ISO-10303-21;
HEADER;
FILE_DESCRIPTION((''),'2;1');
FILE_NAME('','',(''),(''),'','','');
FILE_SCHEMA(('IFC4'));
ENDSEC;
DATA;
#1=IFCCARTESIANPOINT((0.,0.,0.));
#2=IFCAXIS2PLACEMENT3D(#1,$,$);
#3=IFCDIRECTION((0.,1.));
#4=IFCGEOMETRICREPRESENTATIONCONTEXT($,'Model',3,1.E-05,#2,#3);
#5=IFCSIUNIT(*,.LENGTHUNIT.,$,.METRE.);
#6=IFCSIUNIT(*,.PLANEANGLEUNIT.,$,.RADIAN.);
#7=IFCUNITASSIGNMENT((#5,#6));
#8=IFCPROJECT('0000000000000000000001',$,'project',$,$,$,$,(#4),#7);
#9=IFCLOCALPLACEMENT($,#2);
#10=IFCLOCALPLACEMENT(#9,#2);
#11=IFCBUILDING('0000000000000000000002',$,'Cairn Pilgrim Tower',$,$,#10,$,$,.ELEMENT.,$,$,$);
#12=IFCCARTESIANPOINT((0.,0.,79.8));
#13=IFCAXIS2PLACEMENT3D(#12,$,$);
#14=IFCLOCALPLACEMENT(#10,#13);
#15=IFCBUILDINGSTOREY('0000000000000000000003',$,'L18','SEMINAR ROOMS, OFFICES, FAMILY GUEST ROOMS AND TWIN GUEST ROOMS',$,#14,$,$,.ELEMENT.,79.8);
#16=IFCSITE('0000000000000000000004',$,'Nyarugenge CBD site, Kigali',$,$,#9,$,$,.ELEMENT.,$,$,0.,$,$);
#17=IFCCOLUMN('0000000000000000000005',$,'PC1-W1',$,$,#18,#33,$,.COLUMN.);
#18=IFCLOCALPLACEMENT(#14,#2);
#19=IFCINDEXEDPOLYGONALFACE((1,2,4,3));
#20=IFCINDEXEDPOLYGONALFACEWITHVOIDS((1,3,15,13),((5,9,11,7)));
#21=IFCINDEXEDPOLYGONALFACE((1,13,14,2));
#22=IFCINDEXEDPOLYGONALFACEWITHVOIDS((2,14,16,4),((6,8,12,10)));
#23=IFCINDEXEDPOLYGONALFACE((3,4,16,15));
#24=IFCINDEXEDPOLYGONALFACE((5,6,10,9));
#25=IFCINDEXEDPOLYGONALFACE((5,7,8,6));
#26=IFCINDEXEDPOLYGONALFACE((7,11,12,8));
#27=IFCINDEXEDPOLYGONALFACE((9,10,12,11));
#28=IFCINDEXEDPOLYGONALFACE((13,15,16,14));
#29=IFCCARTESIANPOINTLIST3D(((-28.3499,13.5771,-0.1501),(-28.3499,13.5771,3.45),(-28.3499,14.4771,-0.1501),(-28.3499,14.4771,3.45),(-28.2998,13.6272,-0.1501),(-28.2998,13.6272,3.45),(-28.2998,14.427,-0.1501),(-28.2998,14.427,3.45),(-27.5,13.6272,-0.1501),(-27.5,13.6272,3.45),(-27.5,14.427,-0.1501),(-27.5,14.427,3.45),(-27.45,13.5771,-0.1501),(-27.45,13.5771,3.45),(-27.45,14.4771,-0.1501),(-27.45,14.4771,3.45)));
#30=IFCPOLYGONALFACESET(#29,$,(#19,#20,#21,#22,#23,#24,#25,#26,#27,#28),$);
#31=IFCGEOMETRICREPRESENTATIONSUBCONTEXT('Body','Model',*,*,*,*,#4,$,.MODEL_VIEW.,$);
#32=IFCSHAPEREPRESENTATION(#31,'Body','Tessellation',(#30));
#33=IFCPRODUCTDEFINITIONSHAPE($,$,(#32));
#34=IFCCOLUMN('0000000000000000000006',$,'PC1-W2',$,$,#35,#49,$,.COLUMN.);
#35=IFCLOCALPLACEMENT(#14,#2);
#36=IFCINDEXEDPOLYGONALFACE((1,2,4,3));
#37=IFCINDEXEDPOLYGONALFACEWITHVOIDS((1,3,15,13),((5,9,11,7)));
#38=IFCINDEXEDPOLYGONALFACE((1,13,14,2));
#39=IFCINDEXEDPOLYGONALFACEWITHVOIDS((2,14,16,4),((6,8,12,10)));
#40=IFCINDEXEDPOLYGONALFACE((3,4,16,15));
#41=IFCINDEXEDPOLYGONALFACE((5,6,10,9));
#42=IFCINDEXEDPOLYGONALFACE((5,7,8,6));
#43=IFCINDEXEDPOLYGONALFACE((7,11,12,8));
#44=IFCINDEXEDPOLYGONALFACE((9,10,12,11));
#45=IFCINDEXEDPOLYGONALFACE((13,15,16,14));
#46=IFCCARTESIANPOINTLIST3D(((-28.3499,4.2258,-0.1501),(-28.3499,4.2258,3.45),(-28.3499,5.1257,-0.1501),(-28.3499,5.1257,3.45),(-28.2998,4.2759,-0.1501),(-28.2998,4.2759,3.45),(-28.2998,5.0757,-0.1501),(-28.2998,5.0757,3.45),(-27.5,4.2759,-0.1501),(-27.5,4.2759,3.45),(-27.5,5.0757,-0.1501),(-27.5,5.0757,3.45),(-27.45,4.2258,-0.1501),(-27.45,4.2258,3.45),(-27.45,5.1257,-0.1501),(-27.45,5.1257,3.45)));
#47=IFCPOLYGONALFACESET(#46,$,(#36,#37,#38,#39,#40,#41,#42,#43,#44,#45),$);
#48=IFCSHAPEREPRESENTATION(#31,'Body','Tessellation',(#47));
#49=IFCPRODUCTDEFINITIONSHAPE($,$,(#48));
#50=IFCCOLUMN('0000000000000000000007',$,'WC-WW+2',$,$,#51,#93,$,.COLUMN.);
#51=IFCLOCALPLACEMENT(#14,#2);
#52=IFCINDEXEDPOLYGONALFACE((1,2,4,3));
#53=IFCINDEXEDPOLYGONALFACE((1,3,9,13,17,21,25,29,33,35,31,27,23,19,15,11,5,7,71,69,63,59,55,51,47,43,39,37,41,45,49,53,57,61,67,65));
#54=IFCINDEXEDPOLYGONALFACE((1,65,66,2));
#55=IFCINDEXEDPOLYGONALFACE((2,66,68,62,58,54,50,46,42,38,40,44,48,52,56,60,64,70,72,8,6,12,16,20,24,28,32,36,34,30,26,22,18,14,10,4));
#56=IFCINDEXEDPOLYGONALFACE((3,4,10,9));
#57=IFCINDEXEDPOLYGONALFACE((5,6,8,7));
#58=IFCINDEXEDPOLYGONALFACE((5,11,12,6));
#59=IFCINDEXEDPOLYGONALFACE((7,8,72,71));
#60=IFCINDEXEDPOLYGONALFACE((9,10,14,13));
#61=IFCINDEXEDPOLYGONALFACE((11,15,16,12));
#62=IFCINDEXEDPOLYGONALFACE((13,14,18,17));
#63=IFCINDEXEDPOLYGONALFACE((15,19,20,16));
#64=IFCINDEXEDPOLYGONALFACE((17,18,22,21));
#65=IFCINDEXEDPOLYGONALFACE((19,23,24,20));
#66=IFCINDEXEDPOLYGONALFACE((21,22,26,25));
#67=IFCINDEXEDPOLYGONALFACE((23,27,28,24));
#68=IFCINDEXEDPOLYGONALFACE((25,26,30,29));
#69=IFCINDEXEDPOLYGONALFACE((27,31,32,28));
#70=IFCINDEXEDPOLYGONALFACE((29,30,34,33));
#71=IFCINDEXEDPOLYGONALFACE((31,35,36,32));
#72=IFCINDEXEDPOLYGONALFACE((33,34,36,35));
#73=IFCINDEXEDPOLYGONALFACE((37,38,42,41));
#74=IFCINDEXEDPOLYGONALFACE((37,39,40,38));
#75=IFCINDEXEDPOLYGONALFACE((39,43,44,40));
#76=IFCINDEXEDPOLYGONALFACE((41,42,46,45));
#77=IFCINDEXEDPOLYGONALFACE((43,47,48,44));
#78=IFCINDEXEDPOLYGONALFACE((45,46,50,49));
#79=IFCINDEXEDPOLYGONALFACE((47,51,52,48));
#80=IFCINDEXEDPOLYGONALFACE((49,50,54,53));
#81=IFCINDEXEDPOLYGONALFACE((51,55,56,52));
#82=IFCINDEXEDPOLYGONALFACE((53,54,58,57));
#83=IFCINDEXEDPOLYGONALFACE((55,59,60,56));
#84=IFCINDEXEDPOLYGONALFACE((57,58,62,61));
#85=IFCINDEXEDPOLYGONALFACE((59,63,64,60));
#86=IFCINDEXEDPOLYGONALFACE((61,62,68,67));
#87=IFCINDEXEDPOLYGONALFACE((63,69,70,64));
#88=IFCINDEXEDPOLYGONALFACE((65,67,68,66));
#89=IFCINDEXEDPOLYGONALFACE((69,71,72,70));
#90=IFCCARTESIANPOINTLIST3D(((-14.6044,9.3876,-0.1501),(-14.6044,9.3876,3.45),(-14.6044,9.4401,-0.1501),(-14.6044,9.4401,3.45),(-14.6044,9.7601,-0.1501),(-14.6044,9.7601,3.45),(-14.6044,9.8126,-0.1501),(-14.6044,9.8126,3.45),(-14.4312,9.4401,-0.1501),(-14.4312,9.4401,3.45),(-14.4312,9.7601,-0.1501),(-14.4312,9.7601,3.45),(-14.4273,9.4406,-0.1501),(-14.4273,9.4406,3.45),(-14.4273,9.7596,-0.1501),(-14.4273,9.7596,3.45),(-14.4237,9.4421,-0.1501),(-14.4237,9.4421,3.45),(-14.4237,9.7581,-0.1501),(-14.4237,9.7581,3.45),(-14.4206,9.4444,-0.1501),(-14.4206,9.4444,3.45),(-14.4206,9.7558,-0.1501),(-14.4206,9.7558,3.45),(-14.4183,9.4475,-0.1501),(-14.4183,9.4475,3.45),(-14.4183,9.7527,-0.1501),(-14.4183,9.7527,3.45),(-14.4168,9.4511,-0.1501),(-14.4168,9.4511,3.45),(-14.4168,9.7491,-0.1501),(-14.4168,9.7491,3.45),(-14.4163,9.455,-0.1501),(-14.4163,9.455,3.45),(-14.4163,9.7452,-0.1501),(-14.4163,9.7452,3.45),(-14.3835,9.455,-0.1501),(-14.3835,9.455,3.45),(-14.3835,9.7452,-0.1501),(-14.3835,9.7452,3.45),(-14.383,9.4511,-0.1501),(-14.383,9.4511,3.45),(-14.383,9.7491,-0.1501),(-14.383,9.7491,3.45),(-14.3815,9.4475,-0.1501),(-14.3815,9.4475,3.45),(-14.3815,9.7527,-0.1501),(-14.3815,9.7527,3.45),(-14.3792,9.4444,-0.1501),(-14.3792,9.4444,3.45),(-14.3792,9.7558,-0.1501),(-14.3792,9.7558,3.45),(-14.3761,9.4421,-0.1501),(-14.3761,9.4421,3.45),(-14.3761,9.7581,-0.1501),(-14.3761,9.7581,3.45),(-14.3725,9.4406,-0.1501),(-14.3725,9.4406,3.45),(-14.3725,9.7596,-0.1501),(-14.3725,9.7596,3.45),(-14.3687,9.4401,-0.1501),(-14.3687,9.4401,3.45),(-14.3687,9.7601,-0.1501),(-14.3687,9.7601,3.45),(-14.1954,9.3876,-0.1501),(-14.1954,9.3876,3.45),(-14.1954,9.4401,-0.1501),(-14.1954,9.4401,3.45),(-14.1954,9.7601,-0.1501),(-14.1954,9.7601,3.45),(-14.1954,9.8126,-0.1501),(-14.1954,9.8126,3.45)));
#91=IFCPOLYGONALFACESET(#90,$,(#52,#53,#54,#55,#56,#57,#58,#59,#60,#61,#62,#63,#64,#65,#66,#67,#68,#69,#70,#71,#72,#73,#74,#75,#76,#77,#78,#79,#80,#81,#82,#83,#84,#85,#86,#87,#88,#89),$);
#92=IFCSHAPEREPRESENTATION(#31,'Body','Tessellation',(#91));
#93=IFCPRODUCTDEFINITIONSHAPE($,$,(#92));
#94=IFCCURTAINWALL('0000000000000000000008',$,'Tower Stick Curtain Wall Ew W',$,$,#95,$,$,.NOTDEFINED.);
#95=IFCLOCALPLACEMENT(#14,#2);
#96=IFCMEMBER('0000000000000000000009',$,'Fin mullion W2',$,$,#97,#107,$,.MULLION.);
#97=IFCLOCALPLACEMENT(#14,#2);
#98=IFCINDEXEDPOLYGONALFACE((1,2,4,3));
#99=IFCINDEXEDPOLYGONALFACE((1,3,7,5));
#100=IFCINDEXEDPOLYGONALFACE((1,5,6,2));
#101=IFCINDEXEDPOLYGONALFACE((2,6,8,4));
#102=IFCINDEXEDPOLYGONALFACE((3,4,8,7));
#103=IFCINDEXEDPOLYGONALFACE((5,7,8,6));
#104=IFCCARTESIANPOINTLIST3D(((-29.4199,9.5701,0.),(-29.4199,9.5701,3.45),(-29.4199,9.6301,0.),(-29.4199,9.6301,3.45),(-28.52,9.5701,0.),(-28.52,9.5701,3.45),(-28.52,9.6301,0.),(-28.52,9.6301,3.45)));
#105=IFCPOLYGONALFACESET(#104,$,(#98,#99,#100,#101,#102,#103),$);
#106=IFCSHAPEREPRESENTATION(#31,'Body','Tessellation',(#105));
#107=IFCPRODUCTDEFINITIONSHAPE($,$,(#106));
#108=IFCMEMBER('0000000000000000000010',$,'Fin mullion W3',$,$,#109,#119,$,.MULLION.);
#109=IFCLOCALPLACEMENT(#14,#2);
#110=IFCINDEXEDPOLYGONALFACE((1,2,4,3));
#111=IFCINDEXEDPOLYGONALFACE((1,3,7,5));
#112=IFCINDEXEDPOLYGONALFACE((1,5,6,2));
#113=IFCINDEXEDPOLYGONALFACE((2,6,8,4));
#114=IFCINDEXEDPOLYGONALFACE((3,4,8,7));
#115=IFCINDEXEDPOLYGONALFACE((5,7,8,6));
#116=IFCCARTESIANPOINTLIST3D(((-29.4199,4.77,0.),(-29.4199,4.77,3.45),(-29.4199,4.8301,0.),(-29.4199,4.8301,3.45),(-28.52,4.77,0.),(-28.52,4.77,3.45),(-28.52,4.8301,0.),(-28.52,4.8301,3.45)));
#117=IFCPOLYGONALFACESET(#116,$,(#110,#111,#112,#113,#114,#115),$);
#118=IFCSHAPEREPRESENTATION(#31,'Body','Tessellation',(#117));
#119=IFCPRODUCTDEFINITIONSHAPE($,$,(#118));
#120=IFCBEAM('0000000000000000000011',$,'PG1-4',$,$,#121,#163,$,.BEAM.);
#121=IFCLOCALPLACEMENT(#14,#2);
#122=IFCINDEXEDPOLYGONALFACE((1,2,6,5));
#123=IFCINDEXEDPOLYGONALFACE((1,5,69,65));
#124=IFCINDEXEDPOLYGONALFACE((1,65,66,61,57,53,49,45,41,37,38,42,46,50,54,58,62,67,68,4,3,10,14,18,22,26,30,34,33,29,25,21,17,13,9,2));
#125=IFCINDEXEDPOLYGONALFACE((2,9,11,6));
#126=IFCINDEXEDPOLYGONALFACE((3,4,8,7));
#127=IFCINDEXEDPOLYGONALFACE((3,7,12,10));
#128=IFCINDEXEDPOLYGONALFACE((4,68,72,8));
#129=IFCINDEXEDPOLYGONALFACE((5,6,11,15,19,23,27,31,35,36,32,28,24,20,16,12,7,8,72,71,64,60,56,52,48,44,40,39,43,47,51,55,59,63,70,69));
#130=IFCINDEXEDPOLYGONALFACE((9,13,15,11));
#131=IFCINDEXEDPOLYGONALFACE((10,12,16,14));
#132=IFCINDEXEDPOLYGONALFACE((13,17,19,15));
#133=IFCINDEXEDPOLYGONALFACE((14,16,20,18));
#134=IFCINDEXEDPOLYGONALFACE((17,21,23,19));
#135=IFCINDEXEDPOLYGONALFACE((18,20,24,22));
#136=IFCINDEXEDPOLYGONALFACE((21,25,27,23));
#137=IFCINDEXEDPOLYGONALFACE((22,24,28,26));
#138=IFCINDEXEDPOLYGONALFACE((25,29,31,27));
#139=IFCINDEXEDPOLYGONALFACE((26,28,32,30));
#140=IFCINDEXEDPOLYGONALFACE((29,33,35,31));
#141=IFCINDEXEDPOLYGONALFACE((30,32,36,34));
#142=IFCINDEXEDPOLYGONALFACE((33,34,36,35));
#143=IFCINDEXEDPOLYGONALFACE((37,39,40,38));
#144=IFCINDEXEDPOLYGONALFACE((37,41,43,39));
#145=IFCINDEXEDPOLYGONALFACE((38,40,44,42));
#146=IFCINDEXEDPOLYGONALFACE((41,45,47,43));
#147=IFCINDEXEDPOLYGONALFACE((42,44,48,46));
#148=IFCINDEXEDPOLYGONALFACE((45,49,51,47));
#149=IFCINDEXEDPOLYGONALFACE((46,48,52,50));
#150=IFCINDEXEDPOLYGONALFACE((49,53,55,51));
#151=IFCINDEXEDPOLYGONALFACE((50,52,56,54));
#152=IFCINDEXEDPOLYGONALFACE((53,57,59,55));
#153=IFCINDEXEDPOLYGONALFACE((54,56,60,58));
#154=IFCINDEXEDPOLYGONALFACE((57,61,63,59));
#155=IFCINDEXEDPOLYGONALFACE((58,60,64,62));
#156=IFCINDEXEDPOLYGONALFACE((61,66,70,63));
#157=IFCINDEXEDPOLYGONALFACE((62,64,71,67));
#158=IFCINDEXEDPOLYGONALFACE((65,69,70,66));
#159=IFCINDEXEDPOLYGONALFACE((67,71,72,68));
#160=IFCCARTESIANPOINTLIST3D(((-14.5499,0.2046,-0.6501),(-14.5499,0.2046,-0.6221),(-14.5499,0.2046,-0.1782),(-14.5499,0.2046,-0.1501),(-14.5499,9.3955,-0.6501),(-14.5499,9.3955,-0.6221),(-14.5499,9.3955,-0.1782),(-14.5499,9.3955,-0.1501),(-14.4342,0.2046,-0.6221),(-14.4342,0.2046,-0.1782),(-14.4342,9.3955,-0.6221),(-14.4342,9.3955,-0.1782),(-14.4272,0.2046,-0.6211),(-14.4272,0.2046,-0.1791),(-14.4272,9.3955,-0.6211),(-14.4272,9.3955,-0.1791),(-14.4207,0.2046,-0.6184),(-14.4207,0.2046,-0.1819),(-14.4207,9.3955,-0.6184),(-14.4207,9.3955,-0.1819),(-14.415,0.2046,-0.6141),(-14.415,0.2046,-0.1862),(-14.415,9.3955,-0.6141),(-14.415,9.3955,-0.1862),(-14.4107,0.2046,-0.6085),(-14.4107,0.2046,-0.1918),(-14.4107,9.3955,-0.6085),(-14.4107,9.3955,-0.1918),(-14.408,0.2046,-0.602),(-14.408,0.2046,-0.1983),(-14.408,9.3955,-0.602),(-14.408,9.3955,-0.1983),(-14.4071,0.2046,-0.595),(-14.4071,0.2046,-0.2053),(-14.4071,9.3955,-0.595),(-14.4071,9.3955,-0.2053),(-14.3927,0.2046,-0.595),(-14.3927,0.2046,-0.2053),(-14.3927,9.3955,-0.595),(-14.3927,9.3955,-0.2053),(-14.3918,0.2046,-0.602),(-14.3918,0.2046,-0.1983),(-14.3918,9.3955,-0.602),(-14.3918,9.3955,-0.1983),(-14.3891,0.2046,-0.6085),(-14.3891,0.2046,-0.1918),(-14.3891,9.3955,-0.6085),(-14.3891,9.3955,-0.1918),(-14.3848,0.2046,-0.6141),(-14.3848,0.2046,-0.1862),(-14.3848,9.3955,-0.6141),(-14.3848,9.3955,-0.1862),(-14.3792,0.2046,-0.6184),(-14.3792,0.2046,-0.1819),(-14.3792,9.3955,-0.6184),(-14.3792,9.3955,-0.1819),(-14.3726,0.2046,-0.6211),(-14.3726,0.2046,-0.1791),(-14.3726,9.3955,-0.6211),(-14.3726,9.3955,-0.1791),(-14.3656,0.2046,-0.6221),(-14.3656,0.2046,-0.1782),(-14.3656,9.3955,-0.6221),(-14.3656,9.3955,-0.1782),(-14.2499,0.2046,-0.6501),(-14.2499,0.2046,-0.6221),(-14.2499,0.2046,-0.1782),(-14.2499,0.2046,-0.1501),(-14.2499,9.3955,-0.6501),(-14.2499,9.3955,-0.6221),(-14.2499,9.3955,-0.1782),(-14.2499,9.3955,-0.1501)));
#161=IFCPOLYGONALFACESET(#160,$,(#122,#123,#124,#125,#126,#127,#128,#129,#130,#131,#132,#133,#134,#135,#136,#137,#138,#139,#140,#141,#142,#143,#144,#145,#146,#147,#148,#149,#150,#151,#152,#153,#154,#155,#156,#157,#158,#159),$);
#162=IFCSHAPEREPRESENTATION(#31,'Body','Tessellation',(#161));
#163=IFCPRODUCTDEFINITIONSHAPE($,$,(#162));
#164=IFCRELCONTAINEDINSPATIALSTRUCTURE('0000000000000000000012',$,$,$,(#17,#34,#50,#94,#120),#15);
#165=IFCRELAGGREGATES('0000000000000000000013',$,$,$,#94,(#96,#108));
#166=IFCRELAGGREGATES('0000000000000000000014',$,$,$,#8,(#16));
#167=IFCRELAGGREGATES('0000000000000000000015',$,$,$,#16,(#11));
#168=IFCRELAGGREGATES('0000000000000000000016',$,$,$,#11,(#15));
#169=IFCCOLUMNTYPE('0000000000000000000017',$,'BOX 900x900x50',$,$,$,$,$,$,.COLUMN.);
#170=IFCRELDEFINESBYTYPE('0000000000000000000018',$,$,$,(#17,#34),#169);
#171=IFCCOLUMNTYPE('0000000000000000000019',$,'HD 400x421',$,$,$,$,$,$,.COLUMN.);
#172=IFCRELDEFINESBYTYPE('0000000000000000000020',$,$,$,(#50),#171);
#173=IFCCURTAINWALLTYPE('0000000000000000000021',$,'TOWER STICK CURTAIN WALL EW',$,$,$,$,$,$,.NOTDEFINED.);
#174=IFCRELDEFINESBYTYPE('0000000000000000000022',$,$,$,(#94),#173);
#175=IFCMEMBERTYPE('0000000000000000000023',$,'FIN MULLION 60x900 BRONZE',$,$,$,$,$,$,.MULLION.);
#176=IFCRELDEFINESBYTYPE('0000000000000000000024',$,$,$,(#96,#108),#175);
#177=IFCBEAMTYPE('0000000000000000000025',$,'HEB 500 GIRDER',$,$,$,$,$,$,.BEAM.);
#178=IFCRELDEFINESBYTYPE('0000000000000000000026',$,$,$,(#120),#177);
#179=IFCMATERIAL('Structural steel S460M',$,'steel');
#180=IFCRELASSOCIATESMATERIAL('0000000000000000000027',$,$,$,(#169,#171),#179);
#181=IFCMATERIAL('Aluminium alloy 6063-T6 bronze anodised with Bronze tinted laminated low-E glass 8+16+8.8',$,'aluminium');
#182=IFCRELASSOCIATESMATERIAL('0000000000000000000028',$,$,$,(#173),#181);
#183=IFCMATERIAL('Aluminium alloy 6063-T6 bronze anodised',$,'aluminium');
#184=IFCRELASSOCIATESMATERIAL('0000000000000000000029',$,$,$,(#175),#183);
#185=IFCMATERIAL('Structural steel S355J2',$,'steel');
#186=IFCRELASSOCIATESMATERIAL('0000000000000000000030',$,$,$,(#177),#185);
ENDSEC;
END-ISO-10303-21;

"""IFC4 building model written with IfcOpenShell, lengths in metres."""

from ifc_helpers import new_model, si_unit, direction, frame, origin, origin_2d, place, context, subcontext, project, spatial, rectangle, hollow_rectangle, i_section, extrude, material, material_profile, profile_set, type_object, element, aggregate, save


model = new_model("IFC4")

# Units and contexts
model_context = context("Model", 3, precision=1e-05, world=origin(), true_north=direction((0.0, 1.0)))
body_context = subcontext(model_context, "Body", "Model", "MODEL_VIEW")
ifc_project = project(units=[si_unit("LENGTHUNIT", "METRE"), si_unit("PLANEANGLEUNIT", "RADIAN")], contexts=[model_context])

# Site, building, storey
site_placement = place(None, origin())
site = spatial("IfcSite", under=ifc_project, at=site_placement, Name="Nyarugenge CBD site, Kigali", CompositionType="ELEMENT", RefElevation=0.0)
building_placement = place(site_placement, origin())
building = spatial("IfcBuilding", under=site, at=building_placement, Name="Cairn Pilgrim Tower", CompositionType="ELEMENT")
storey_placement = place(building_placement, frame((0.0, 0.0, 79.8)))
storey = spatial("IfcBuildingStorey", under=building, at=storey_placement, Name="L18", Description="SEMINAR ROOMS, OFFICES, FAMILY GUEST ROOMS AND TWIN GUEST ROOMS", CompositionType="ELEMENT", Elevation=79.8)

# Columns
ifc_material_1 = material(Name="Structural steel S460M", Category="steel")
ifc_material_profile_1 = material_profile(ifc_material_1, hollow_rectangle(XDim=0.8999, YDim=0.8999, WallThickness=0.05, at=origin_2d()), Name="BOX 900x900x50")
ifc_profile_set_1 = profile_set([ifc_material_profile_1], Name="Structural steel S460M")
column_type_1 = type_object("IfcColumnType", Name="BOX 900x900x50", PredefinedType="COLUMN", material=ifc_profile_set_1)
for number, where, z_axis, x_axis, name in (
    (1, (-27.8999, 14.0271, -0.1501), (0.0, 0.0, 1.0), (1.0, 0.0, 0.0), "PC1-W1"),
    (2, (-27.8999, 4.6758, -0.1501), (0.0, 0.0, 1.0), (1.0, 0.0, 0.0), "PC1-W2"),
):
    element("IfcColumn", number, at=place(storey_placement, frame(where, z_axis=z_axis, x_axis=x_axis)), inside=storey, type_object=column_type_1, Name=name, PredefinedType="COLUMN", context=body_context, shape_type="SweptSolid", body=[
        extrude(hollow_rectangle(XDim=0.8999, YDim=0.8999, WallThickness=0.05, at=origin_2d()), origin(), (0.0, 0.0, 1.0), 3.6001),
    ])
ifc_material_profile_2 = material_profile(ifc_material_1, i_section(OverallWidth=0.4089, OverallDepth=0.425, WebThickness=0.0327, FlangeThickness=0.0525, FilletRadius=0.0149, at=origin_2d()), Name="HD 400x421")
ifc_profile_set_2 = profile_set([ifc_material_profile_2], Name="Structural steel S460M")
column_type_2 = type_object("IfcColumnType", Name="HD 400x421", PredefinedType="COLUMN", material=ifc_profile_set_2)
column_placement = place(storey_placement, frame((-14.3999, 9.6001, -0.1501), z_axis=(0.0, 0.0, 1.0), x_axis=(1.0, 0.0, 0.0)))
element("IfcColumn", 3, at=column_placement, inside=storey, type_object=column_type_2, Name="WC-WW+2", PredefinedType="COLUMN", context=body_context, shape_type="SweptSolid", body=[
    extrude(i_section(OverallWidth=0.4089, OverallDepth=0.425, WebThickness=0.0327, FlangeThickness=0.0525, FilletRadius=0.0149, at=origin_2d()), origin(), (0.0, 0.0, 1.0), 3.6001),
])

# Curtain wall, members
ifc_material_2 = material(Name="Aluminium alloy 6063-T6 bronze anodised with Bronze tinted laminated low-E glass 8+16+8.8", Category="aluminium")
curtain_wall_type = type_object("IfcCurtainWallType", Name="TOWER STICK CURTAIN WALL EW", PredefinedType="NOTDEFINED", material=ifc_material_2)
curtain_wall_placement = place(storey_placement, origin())
curtain_wall = element("IfcCurtainWall", 4, at=curtain_wall_placement, inside=storey, type_object=curtain_wall_type, Name="Tower Stick Curtain Wall Ew W", PredefinedType="NOTDEFINED")
ifc_material_3 = material(Name="Aluminium alloy 6063-T6 bronze anodised", Category="aluminium")
ifc_material_profile_3 = material_profile(ifc_material_3, rectangle(XDim=0.8999, YDim=0.0601, at=origin_2d()), Name="FIN MULLION 60x900 BRONZE")
ifc_profile_set_3 = profile_set([ifc_material_profile_3], Name="Aluminium alloy 6063-T6 bronze anodised")
member_type_1 = type_object("IfcMemberType", Name="FIN MULLION 60x900 BRONZE", PredefinedType="MULLION", material=ifc_profile_set_3)
member_1_placement = place(storey_placement, frame((-28.97, 9.6001, 0.0), z_axis=(0.0, 0.0, 1.0), x_axis=(-1.0, 0.0, 0.0)))
member_1 = element("IfcMember", 5, at=member_1_placement, type_object=member_type_1, Name="Fin mullion W2", PredefinedType="MULLION", context=body_context, shape_type="SweptSolid", body=[
    extrude(rectangle(XDim=0.8999, YDim=0.0601, at=origin_2d()), origin(), (0.0, 0.0, 1.0), 3.45),
])
member_2_placement = place(storey_placement, frame((-28.97, 4.8, 0.0), z_axis=(0.0, 0.0, 1.0), x_axis=(-1.0, 0.0, 0.0)))
member_2 = element("IfcMember", 6, at=member_2_placement, type_object=member_type_1, Name="Fin mullion W3", PredefinedType="MULLION", context=body_context, shape_type="SweptSolid", body=[
    extrude(rectangle(XDim=0.8999, YDim=0.0601, at=origin_2d()), origin(), (0.0, 0.0, 1.0), 3.45),
])

# Beam
ifc_material_4 = material(Name="Structural steel S355J2", Category="steel")
ifc_material_profile_4 = material_profile(ifc_material_4, i_section(OverallWidth=0.3, OverallDepth=0.5, WebThickness=0.0144, FlangeThickness=0.0281, FilletRadius=0.0271, at=origin_2d()), Name="HEB 500")
ifc_profile_set_4 = profile_set([ifc_material_profile_4], Name="Structural steel S355J2")
beam_type_1 = type_object("IfcBeamType", Name="HEB 500 GIRDER", PredefinedType="BEAM", material=ifc_profile_set_4)
beam_placement = place(storey_placement, frame((-14.3999, 0.2046, -0.4001), z_axis=(0.0, 1.0, 0.0), x_axis=(-1.0, 0.0, 0.0)))
element("IfcBeam", 7, at=beam_placement, inside=storey, type_object=beam_type_1, Name="PG1-4", PredefinedType="BEAM", context=body_context, shape_type="SweptSolid", body=[
    extrude(i_section(OverallWidth=0.3, OverallDepth=0.5, WebThickness=0.0144, FlangeThickness=0.0281, FilletRadius=0.0271, at=origin_2d()), origin(), (0.0, 0.0, 1.0), 9.1909),
])

aggregate(curtain_wall, [member_1, member_2])

save(model, "model.ifc")
